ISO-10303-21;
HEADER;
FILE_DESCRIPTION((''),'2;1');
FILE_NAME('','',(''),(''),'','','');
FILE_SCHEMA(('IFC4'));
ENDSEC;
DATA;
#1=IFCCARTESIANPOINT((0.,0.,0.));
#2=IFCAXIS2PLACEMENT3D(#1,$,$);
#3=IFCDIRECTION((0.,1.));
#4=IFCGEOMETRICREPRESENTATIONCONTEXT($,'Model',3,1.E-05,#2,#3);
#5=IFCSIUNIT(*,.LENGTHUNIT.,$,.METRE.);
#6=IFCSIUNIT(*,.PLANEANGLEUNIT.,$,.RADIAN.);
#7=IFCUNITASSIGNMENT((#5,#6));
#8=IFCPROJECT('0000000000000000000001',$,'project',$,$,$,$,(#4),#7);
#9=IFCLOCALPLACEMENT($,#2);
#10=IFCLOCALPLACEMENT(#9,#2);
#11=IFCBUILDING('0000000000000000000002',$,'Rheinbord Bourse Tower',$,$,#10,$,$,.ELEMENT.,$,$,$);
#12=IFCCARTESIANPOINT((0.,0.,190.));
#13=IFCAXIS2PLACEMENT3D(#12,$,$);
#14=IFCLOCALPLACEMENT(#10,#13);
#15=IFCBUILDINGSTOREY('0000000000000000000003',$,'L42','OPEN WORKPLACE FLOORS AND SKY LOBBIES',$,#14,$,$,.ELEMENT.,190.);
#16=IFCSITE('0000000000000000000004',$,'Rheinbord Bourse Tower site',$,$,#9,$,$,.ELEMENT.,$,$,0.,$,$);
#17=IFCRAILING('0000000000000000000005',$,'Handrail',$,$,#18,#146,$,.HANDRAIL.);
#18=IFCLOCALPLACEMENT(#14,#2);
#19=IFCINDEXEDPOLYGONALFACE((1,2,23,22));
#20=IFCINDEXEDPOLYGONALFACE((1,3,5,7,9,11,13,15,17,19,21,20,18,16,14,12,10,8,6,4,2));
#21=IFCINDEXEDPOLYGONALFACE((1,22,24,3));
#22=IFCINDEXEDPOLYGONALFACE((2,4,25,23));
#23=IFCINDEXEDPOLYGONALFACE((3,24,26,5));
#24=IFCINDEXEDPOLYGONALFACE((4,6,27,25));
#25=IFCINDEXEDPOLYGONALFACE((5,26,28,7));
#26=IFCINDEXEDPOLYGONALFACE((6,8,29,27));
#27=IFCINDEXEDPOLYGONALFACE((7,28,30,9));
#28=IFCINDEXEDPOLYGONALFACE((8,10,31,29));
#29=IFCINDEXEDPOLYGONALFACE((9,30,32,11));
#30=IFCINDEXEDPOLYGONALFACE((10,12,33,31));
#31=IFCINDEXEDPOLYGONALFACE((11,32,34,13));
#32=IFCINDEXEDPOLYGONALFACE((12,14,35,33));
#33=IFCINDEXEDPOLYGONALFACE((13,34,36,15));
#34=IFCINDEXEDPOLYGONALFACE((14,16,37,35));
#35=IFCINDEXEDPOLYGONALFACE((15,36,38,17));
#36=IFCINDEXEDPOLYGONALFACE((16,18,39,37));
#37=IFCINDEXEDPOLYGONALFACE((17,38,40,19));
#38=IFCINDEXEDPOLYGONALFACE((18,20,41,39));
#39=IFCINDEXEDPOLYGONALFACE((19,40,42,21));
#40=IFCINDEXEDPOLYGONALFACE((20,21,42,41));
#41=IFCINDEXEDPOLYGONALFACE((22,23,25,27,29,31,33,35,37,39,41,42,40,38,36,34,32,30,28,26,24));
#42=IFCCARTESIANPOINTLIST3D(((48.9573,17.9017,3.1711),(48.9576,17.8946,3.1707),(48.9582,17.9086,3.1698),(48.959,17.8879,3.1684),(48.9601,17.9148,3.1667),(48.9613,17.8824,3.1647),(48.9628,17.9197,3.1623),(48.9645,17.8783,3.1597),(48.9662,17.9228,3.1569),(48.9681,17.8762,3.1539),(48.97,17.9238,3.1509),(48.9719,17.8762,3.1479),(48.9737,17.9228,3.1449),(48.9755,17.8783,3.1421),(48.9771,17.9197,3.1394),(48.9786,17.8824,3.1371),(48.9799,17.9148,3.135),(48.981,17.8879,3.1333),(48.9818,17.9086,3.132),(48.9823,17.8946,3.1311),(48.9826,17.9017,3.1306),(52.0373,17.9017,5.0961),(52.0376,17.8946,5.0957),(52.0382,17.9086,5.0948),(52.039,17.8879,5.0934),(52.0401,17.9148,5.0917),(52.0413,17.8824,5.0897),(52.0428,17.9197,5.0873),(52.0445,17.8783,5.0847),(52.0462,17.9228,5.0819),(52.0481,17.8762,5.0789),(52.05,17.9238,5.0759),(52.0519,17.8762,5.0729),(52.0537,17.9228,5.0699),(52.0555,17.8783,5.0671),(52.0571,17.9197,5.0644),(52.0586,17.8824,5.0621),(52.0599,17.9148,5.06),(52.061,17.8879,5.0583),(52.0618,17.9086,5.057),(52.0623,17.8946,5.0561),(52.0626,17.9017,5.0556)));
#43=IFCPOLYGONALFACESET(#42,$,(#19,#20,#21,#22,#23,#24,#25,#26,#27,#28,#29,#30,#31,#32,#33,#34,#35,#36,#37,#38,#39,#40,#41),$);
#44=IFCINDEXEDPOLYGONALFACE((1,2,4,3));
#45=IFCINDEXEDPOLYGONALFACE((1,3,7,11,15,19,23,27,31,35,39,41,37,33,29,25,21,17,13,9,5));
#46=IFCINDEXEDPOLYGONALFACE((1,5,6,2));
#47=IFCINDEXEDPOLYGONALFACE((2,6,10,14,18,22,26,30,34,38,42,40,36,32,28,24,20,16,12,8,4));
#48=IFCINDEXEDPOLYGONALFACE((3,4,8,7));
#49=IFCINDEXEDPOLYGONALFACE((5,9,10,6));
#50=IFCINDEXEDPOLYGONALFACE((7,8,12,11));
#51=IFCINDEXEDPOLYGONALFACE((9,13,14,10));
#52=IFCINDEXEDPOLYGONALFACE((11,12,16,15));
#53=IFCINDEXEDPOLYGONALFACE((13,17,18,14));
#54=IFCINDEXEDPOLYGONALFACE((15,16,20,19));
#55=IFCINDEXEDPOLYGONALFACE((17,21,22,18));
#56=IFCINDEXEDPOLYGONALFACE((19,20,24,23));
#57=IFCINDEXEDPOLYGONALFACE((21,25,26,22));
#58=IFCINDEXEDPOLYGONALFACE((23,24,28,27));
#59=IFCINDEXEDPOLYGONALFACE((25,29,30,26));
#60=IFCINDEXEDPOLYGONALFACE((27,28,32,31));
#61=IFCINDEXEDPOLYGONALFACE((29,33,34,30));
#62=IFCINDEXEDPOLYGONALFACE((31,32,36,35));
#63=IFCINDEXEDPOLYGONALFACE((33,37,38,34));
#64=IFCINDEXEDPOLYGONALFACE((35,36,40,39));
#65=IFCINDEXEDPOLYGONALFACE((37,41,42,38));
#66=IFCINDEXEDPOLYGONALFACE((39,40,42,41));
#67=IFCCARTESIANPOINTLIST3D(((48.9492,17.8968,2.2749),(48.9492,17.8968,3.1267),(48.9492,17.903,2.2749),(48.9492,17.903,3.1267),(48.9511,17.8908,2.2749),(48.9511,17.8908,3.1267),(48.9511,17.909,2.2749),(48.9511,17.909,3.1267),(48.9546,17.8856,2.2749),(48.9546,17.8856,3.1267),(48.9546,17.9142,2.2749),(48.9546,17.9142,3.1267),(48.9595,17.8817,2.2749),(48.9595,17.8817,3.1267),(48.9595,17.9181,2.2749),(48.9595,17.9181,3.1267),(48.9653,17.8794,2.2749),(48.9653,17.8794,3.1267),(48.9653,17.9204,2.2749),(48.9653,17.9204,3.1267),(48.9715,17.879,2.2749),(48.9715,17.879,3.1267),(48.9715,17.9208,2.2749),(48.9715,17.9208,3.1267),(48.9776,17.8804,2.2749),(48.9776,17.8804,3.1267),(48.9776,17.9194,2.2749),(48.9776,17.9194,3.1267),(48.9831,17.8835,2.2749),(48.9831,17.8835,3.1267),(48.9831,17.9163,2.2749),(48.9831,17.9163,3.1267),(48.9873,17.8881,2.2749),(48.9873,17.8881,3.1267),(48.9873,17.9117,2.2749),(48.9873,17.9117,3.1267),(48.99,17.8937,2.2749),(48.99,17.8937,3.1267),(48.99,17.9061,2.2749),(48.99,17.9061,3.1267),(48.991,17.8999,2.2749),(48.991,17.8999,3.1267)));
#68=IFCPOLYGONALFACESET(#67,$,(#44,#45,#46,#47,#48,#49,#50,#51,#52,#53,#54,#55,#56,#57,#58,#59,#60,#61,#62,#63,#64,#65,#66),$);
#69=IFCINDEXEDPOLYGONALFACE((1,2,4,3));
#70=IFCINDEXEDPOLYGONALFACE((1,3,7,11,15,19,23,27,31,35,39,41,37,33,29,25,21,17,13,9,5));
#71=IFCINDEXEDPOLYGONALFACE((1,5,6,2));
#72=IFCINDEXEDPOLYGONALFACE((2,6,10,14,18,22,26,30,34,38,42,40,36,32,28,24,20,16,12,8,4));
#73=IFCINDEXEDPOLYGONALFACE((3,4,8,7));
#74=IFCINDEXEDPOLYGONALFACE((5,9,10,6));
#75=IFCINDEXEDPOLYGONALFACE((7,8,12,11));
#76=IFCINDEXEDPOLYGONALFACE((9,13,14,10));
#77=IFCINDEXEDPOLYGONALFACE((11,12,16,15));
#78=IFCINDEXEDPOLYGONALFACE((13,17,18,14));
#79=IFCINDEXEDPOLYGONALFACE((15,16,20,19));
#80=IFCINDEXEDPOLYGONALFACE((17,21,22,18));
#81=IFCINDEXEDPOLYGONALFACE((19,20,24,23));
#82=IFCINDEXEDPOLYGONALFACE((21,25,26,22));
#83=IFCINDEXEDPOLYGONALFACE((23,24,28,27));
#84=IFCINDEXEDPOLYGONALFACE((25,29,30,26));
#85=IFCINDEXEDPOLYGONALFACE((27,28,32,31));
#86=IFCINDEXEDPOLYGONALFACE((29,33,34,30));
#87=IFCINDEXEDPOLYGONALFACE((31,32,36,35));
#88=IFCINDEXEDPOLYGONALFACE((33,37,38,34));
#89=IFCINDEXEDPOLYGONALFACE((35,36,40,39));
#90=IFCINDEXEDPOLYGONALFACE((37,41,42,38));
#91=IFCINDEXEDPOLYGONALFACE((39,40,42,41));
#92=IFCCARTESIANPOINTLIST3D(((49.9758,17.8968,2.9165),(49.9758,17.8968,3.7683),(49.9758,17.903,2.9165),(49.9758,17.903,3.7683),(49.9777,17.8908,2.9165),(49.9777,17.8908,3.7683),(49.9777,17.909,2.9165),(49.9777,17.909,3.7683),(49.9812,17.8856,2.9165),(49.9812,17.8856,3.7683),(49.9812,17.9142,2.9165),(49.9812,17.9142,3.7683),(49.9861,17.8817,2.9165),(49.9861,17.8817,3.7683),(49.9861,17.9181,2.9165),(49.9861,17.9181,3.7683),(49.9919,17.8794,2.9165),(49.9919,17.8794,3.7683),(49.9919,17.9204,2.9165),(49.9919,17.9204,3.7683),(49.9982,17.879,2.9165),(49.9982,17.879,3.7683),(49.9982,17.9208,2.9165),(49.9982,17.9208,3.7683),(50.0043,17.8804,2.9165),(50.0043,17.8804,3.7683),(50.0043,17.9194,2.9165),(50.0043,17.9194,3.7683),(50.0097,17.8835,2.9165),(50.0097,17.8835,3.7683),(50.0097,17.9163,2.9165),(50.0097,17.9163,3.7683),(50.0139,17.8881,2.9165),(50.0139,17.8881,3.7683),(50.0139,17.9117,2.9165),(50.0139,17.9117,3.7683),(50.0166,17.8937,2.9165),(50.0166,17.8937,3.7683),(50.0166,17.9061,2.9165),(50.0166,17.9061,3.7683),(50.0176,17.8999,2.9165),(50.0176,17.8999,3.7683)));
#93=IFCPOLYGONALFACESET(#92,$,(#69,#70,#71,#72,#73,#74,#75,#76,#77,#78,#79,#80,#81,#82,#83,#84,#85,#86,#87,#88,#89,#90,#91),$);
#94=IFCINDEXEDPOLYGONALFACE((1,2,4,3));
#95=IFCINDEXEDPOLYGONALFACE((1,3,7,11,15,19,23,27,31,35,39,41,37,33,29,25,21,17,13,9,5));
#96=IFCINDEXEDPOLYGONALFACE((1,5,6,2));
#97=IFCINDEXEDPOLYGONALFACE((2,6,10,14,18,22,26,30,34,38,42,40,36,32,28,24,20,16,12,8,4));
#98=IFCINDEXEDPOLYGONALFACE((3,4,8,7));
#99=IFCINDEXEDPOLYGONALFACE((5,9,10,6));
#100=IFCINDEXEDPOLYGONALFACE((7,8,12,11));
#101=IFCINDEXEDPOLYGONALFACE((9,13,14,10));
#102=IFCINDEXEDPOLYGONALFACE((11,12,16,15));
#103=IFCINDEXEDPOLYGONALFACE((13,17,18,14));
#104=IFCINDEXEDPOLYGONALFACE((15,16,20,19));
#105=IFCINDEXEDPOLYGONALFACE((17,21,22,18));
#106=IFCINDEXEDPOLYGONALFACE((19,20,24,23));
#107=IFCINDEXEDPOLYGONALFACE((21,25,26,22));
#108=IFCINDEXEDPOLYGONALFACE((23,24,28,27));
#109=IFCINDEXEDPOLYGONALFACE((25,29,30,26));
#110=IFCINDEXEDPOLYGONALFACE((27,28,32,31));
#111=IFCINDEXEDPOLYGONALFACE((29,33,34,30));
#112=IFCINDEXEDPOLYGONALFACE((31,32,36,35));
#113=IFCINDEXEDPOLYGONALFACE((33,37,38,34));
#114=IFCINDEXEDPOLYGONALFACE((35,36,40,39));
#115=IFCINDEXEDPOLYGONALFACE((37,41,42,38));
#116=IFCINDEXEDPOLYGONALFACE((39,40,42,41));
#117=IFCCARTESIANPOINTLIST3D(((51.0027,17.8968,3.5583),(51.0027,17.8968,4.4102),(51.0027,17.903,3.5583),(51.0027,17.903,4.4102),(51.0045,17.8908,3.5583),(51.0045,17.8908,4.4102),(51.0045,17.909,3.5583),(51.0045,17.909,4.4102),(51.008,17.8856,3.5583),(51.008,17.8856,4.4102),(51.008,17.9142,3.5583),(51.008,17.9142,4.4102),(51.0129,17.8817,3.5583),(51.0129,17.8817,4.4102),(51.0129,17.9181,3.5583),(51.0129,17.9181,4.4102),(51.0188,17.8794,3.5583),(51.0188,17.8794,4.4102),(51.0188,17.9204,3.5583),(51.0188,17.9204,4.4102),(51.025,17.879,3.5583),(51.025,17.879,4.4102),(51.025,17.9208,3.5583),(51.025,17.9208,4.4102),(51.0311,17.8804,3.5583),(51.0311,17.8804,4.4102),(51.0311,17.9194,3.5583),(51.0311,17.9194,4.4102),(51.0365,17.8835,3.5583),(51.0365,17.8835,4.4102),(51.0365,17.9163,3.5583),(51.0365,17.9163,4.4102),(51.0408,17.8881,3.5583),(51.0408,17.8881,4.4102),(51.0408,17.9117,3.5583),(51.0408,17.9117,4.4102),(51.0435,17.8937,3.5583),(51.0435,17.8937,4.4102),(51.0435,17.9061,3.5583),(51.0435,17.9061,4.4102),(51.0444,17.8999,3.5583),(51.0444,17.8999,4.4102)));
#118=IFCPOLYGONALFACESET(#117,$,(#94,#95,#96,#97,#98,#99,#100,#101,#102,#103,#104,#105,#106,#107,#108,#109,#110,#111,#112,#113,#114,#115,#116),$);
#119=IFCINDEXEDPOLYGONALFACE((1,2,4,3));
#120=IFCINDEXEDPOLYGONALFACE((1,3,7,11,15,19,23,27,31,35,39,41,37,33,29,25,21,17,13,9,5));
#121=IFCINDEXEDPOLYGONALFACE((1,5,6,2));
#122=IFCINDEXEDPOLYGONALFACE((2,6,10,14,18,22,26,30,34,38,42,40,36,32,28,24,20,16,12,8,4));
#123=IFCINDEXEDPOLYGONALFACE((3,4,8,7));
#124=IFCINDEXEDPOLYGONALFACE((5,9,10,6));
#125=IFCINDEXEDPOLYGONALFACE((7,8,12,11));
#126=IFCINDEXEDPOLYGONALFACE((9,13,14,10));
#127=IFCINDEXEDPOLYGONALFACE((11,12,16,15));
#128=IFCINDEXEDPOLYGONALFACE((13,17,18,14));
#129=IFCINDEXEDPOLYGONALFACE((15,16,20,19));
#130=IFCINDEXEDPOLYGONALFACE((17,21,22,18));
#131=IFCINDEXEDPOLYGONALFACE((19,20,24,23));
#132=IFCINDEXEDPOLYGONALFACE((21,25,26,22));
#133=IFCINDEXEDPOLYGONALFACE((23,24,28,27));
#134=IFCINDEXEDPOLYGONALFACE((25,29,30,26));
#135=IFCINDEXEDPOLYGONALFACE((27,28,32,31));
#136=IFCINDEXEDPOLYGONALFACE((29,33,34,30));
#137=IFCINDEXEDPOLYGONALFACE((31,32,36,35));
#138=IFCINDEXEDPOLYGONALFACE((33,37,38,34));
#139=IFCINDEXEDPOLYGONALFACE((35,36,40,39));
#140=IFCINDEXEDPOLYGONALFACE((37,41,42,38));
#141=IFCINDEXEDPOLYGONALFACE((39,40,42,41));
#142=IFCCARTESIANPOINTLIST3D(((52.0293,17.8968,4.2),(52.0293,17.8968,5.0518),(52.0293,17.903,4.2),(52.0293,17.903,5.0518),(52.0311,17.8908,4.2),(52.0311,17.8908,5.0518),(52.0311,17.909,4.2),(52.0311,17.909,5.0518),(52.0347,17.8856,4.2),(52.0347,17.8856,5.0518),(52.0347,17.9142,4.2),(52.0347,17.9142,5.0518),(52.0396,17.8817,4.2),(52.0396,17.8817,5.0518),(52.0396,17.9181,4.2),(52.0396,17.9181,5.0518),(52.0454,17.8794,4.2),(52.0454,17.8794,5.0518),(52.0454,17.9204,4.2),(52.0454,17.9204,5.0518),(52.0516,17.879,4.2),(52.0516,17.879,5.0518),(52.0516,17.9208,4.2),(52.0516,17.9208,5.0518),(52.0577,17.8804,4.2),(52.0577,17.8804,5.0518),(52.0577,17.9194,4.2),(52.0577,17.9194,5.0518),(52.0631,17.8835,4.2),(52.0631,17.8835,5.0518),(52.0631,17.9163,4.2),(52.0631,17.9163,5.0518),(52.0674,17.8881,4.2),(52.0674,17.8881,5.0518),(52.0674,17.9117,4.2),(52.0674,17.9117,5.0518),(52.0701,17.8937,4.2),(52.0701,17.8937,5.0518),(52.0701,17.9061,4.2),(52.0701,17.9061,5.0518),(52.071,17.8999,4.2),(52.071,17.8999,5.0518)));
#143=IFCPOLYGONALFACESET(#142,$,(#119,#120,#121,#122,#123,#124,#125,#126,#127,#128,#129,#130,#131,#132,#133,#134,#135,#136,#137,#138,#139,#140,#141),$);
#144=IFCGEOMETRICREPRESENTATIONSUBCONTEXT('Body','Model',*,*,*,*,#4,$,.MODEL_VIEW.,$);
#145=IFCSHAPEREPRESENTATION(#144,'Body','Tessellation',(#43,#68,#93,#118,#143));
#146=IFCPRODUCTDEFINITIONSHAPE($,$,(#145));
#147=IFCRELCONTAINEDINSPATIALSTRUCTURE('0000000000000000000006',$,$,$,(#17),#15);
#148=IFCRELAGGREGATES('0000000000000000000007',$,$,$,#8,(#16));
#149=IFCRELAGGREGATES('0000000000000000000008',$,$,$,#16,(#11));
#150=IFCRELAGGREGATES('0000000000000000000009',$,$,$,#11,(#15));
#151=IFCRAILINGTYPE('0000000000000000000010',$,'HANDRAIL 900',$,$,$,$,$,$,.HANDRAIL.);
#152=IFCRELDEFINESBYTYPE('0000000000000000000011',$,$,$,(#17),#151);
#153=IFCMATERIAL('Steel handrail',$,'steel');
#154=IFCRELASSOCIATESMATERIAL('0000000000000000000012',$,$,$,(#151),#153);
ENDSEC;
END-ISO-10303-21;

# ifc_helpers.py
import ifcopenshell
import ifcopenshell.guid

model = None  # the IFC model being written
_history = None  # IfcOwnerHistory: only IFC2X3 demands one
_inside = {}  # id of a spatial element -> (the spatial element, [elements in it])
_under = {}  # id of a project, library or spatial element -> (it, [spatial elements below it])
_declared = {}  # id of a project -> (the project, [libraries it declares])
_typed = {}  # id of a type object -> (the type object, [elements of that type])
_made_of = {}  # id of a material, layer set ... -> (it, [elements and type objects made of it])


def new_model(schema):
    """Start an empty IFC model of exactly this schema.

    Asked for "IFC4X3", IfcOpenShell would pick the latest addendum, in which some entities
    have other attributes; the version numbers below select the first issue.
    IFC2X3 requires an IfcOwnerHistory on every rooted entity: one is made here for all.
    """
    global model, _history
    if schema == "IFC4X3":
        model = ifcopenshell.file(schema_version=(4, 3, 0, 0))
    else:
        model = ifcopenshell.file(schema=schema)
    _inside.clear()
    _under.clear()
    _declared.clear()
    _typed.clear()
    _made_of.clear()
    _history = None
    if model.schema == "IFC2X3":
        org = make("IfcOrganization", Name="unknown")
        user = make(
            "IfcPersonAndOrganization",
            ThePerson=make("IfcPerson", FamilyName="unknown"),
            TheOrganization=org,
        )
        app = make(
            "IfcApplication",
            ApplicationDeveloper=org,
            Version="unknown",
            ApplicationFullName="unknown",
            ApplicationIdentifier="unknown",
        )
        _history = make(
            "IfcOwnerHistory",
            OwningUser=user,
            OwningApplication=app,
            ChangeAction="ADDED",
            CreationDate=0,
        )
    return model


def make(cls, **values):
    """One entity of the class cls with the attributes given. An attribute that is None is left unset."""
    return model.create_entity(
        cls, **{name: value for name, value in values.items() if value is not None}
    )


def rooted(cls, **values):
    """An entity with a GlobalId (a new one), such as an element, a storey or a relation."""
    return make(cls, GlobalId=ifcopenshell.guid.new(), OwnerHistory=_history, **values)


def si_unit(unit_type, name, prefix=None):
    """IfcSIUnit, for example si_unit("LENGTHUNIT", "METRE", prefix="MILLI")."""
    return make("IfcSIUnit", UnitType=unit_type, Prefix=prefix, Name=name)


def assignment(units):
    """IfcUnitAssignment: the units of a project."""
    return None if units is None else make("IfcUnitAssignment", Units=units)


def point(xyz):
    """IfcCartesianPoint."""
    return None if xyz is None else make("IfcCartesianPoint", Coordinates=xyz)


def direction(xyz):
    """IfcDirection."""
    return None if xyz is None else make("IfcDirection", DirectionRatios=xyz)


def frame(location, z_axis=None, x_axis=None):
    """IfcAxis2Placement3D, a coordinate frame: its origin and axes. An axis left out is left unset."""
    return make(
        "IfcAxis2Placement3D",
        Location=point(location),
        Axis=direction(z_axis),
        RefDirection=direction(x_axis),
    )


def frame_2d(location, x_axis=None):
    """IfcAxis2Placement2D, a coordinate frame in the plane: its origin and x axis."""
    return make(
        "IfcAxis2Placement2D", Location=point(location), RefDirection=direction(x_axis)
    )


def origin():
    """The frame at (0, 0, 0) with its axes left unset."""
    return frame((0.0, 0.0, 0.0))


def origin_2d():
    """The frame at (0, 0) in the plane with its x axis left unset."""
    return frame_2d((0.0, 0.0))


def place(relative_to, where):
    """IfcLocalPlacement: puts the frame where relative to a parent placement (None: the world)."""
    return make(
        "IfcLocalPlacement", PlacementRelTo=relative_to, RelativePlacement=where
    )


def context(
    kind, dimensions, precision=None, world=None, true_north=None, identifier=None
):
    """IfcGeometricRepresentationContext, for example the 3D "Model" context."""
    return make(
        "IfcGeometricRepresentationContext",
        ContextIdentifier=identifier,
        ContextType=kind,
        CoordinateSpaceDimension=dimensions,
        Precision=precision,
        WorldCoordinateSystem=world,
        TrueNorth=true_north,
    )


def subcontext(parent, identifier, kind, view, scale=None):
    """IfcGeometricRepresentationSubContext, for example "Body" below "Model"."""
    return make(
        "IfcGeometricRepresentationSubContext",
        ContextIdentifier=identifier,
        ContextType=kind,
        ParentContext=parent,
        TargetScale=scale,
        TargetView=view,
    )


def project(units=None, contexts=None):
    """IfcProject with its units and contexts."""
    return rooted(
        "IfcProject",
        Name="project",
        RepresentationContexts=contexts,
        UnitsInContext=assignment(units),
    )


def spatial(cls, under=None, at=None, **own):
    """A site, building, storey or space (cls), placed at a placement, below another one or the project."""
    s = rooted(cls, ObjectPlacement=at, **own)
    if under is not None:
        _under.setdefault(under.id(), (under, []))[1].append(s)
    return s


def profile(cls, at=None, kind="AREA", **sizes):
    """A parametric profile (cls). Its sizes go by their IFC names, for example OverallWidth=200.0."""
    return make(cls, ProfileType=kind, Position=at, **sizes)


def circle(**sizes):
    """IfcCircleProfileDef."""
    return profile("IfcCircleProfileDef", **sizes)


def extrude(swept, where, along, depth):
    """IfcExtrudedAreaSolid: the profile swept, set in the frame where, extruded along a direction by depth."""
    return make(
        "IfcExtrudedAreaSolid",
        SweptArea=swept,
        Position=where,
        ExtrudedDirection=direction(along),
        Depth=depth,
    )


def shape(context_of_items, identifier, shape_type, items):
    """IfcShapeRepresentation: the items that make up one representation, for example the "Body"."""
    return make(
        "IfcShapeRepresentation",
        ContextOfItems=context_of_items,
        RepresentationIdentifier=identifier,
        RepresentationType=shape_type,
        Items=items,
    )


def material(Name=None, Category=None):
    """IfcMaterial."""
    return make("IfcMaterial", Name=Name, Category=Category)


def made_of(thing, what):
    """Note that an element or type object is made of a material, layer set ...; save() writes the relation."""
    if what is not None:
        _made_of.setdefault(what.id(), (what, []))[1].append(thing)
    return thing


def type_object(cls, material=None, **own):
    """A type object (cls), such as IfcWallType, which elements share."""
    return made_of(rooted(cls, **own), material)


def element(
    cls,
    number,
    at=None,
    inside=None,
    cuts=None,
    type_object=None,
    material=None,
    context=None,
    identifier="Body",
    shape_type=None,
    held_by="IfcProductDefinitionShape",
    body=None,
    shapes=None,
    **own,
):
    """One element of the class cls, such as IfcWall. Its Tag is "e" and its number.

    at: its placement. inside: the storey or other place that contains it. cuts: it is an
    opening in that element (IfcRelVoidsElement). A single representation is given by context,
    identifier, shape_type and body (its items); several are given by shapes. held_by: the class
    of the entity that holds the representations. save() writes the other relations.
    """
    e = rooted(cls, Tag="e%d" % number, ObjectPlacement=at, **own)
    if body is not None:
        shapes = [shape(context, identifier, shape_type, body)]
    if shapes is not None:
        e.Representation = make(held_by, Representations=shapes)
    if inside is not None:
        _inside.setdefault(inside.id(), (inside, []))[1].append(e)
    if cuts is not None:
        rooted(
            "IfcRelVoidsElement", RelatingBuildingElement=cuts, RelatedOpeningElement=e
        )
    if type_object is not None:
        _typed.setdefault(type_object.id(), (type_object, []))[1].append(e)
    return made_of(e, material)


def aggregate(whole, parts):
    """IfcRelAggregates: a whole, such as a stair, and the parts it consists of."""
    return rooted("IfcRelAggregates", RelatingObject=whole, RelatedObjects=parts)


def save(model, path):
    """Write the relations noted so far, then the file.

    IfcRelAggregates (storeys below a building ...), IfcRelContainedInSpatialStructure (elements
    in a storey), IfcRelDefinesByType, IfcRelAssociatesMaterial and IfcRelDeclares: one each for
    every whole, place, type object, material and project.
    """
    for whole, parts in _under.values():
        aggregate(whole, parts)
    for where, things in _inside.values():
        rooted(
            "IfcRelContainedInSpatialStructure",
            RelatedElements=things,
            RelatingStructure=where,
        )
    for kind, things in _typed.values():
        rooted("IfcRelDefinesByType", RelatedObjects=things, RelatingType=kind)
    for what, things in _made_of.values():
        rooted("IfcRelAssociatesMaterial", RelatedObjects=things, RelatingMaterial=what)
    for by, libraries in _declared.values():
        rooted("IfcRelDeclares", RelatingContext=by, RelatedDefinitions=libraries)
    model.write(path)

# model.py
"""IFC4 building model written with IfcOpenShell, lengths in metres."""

from ifc_helpers import new_model, si_unit, direction, frame, origin, origin_2d, place, context, subcontext, project, spatial, circle, extrude, material, type_object, element, save


model = new_model("IFC4")

# Units and contexts
model_context = context("Model", 3, precision=1e-05, world=origin(), true_north=direction((0.0, 1.0)))
body_context = subcontext(model_context, "Body", "Model", "MODEL_VIEW")
ifc_project = project(units=[si_unit("LENGTHUNIT", "METRE"), si_unit("PLANEANGLEUNIT", "RADIAN")], contexts=[model_context])

# Site, building, storey
site_placement = place(None, origin())
site = spatial("IfcSite", under=ifc_project, at=site_placement, Name="Rheinbord Bourse Tower site", CompositionType="ELEMENT", RefElevation=0.0)
building_placement = place(site_placement, origin())
building = spatial("IfcBuilding", under=site, at=building_placement, Name="Rheinbord Bourse Tower", CompositionType="ELEMENT")
storey_placement = place(building_placement, frame((0.0, 0.0, 190.0)))
storey = spatial("IfcBuildingStorey", under=building, at=storey_placement, Name="L42", Description="OPEN WORKPLACE FLOORS AND SKY LOBBIES", CompositionType="ELEMENT", Elevation=190.0)

# Railing
ifc_material_1 = material(Name="Steel handrail", Category="steel")
railing_type = type_object("IfcRailingType", Name="HANDRAIL 900", PredefinedType="HANDRAIL", material=ifc_material_1)
railing_1_placement = place(storey_placement, frame((48.97, 17.8999, 2.2749)))
element("IfcRailing", 1, at=railing_1_placement, inside=storey, type_object=railing_type, Name="Handrail", PredefinedType="HANDRAIL", context=body_context, shape_type="SweptSolid", body=[
    extrude(circle(Radius=0.0239, at=origin_2d()), frame((0.0, 0.0, 0.876), z_axis=(0.847998, 0.0, 0.529999), x_axis=(0.0, 1.0, 0.0)), (0.0, 0.0, 1.0), 3.6321),
    extrude(circle(Radius=0.021, at=origin_2d()), origin(), (0.0, 0.0, 1.0), 0.8518),
    extrude(circle(Radius=0.021, at=origin_2d()), frame((1.0266, 0.0, 0.6416)), (0.0, 0.0, 1.0), 0.8518),
    extrude(circle(Radius=0.021, at=origin_2d()), frame((2.0535, 0.0, 1.2834)), (0.0, 0.0, 1.0), 0.8518),
    extrude(circle(Radius=0.021, at=origin_2d()), frame((3.0801, 0.0, 1.925)), (0.0, 0.0, 1.0), 0.8518),
])

save(model, "model.ifc")
